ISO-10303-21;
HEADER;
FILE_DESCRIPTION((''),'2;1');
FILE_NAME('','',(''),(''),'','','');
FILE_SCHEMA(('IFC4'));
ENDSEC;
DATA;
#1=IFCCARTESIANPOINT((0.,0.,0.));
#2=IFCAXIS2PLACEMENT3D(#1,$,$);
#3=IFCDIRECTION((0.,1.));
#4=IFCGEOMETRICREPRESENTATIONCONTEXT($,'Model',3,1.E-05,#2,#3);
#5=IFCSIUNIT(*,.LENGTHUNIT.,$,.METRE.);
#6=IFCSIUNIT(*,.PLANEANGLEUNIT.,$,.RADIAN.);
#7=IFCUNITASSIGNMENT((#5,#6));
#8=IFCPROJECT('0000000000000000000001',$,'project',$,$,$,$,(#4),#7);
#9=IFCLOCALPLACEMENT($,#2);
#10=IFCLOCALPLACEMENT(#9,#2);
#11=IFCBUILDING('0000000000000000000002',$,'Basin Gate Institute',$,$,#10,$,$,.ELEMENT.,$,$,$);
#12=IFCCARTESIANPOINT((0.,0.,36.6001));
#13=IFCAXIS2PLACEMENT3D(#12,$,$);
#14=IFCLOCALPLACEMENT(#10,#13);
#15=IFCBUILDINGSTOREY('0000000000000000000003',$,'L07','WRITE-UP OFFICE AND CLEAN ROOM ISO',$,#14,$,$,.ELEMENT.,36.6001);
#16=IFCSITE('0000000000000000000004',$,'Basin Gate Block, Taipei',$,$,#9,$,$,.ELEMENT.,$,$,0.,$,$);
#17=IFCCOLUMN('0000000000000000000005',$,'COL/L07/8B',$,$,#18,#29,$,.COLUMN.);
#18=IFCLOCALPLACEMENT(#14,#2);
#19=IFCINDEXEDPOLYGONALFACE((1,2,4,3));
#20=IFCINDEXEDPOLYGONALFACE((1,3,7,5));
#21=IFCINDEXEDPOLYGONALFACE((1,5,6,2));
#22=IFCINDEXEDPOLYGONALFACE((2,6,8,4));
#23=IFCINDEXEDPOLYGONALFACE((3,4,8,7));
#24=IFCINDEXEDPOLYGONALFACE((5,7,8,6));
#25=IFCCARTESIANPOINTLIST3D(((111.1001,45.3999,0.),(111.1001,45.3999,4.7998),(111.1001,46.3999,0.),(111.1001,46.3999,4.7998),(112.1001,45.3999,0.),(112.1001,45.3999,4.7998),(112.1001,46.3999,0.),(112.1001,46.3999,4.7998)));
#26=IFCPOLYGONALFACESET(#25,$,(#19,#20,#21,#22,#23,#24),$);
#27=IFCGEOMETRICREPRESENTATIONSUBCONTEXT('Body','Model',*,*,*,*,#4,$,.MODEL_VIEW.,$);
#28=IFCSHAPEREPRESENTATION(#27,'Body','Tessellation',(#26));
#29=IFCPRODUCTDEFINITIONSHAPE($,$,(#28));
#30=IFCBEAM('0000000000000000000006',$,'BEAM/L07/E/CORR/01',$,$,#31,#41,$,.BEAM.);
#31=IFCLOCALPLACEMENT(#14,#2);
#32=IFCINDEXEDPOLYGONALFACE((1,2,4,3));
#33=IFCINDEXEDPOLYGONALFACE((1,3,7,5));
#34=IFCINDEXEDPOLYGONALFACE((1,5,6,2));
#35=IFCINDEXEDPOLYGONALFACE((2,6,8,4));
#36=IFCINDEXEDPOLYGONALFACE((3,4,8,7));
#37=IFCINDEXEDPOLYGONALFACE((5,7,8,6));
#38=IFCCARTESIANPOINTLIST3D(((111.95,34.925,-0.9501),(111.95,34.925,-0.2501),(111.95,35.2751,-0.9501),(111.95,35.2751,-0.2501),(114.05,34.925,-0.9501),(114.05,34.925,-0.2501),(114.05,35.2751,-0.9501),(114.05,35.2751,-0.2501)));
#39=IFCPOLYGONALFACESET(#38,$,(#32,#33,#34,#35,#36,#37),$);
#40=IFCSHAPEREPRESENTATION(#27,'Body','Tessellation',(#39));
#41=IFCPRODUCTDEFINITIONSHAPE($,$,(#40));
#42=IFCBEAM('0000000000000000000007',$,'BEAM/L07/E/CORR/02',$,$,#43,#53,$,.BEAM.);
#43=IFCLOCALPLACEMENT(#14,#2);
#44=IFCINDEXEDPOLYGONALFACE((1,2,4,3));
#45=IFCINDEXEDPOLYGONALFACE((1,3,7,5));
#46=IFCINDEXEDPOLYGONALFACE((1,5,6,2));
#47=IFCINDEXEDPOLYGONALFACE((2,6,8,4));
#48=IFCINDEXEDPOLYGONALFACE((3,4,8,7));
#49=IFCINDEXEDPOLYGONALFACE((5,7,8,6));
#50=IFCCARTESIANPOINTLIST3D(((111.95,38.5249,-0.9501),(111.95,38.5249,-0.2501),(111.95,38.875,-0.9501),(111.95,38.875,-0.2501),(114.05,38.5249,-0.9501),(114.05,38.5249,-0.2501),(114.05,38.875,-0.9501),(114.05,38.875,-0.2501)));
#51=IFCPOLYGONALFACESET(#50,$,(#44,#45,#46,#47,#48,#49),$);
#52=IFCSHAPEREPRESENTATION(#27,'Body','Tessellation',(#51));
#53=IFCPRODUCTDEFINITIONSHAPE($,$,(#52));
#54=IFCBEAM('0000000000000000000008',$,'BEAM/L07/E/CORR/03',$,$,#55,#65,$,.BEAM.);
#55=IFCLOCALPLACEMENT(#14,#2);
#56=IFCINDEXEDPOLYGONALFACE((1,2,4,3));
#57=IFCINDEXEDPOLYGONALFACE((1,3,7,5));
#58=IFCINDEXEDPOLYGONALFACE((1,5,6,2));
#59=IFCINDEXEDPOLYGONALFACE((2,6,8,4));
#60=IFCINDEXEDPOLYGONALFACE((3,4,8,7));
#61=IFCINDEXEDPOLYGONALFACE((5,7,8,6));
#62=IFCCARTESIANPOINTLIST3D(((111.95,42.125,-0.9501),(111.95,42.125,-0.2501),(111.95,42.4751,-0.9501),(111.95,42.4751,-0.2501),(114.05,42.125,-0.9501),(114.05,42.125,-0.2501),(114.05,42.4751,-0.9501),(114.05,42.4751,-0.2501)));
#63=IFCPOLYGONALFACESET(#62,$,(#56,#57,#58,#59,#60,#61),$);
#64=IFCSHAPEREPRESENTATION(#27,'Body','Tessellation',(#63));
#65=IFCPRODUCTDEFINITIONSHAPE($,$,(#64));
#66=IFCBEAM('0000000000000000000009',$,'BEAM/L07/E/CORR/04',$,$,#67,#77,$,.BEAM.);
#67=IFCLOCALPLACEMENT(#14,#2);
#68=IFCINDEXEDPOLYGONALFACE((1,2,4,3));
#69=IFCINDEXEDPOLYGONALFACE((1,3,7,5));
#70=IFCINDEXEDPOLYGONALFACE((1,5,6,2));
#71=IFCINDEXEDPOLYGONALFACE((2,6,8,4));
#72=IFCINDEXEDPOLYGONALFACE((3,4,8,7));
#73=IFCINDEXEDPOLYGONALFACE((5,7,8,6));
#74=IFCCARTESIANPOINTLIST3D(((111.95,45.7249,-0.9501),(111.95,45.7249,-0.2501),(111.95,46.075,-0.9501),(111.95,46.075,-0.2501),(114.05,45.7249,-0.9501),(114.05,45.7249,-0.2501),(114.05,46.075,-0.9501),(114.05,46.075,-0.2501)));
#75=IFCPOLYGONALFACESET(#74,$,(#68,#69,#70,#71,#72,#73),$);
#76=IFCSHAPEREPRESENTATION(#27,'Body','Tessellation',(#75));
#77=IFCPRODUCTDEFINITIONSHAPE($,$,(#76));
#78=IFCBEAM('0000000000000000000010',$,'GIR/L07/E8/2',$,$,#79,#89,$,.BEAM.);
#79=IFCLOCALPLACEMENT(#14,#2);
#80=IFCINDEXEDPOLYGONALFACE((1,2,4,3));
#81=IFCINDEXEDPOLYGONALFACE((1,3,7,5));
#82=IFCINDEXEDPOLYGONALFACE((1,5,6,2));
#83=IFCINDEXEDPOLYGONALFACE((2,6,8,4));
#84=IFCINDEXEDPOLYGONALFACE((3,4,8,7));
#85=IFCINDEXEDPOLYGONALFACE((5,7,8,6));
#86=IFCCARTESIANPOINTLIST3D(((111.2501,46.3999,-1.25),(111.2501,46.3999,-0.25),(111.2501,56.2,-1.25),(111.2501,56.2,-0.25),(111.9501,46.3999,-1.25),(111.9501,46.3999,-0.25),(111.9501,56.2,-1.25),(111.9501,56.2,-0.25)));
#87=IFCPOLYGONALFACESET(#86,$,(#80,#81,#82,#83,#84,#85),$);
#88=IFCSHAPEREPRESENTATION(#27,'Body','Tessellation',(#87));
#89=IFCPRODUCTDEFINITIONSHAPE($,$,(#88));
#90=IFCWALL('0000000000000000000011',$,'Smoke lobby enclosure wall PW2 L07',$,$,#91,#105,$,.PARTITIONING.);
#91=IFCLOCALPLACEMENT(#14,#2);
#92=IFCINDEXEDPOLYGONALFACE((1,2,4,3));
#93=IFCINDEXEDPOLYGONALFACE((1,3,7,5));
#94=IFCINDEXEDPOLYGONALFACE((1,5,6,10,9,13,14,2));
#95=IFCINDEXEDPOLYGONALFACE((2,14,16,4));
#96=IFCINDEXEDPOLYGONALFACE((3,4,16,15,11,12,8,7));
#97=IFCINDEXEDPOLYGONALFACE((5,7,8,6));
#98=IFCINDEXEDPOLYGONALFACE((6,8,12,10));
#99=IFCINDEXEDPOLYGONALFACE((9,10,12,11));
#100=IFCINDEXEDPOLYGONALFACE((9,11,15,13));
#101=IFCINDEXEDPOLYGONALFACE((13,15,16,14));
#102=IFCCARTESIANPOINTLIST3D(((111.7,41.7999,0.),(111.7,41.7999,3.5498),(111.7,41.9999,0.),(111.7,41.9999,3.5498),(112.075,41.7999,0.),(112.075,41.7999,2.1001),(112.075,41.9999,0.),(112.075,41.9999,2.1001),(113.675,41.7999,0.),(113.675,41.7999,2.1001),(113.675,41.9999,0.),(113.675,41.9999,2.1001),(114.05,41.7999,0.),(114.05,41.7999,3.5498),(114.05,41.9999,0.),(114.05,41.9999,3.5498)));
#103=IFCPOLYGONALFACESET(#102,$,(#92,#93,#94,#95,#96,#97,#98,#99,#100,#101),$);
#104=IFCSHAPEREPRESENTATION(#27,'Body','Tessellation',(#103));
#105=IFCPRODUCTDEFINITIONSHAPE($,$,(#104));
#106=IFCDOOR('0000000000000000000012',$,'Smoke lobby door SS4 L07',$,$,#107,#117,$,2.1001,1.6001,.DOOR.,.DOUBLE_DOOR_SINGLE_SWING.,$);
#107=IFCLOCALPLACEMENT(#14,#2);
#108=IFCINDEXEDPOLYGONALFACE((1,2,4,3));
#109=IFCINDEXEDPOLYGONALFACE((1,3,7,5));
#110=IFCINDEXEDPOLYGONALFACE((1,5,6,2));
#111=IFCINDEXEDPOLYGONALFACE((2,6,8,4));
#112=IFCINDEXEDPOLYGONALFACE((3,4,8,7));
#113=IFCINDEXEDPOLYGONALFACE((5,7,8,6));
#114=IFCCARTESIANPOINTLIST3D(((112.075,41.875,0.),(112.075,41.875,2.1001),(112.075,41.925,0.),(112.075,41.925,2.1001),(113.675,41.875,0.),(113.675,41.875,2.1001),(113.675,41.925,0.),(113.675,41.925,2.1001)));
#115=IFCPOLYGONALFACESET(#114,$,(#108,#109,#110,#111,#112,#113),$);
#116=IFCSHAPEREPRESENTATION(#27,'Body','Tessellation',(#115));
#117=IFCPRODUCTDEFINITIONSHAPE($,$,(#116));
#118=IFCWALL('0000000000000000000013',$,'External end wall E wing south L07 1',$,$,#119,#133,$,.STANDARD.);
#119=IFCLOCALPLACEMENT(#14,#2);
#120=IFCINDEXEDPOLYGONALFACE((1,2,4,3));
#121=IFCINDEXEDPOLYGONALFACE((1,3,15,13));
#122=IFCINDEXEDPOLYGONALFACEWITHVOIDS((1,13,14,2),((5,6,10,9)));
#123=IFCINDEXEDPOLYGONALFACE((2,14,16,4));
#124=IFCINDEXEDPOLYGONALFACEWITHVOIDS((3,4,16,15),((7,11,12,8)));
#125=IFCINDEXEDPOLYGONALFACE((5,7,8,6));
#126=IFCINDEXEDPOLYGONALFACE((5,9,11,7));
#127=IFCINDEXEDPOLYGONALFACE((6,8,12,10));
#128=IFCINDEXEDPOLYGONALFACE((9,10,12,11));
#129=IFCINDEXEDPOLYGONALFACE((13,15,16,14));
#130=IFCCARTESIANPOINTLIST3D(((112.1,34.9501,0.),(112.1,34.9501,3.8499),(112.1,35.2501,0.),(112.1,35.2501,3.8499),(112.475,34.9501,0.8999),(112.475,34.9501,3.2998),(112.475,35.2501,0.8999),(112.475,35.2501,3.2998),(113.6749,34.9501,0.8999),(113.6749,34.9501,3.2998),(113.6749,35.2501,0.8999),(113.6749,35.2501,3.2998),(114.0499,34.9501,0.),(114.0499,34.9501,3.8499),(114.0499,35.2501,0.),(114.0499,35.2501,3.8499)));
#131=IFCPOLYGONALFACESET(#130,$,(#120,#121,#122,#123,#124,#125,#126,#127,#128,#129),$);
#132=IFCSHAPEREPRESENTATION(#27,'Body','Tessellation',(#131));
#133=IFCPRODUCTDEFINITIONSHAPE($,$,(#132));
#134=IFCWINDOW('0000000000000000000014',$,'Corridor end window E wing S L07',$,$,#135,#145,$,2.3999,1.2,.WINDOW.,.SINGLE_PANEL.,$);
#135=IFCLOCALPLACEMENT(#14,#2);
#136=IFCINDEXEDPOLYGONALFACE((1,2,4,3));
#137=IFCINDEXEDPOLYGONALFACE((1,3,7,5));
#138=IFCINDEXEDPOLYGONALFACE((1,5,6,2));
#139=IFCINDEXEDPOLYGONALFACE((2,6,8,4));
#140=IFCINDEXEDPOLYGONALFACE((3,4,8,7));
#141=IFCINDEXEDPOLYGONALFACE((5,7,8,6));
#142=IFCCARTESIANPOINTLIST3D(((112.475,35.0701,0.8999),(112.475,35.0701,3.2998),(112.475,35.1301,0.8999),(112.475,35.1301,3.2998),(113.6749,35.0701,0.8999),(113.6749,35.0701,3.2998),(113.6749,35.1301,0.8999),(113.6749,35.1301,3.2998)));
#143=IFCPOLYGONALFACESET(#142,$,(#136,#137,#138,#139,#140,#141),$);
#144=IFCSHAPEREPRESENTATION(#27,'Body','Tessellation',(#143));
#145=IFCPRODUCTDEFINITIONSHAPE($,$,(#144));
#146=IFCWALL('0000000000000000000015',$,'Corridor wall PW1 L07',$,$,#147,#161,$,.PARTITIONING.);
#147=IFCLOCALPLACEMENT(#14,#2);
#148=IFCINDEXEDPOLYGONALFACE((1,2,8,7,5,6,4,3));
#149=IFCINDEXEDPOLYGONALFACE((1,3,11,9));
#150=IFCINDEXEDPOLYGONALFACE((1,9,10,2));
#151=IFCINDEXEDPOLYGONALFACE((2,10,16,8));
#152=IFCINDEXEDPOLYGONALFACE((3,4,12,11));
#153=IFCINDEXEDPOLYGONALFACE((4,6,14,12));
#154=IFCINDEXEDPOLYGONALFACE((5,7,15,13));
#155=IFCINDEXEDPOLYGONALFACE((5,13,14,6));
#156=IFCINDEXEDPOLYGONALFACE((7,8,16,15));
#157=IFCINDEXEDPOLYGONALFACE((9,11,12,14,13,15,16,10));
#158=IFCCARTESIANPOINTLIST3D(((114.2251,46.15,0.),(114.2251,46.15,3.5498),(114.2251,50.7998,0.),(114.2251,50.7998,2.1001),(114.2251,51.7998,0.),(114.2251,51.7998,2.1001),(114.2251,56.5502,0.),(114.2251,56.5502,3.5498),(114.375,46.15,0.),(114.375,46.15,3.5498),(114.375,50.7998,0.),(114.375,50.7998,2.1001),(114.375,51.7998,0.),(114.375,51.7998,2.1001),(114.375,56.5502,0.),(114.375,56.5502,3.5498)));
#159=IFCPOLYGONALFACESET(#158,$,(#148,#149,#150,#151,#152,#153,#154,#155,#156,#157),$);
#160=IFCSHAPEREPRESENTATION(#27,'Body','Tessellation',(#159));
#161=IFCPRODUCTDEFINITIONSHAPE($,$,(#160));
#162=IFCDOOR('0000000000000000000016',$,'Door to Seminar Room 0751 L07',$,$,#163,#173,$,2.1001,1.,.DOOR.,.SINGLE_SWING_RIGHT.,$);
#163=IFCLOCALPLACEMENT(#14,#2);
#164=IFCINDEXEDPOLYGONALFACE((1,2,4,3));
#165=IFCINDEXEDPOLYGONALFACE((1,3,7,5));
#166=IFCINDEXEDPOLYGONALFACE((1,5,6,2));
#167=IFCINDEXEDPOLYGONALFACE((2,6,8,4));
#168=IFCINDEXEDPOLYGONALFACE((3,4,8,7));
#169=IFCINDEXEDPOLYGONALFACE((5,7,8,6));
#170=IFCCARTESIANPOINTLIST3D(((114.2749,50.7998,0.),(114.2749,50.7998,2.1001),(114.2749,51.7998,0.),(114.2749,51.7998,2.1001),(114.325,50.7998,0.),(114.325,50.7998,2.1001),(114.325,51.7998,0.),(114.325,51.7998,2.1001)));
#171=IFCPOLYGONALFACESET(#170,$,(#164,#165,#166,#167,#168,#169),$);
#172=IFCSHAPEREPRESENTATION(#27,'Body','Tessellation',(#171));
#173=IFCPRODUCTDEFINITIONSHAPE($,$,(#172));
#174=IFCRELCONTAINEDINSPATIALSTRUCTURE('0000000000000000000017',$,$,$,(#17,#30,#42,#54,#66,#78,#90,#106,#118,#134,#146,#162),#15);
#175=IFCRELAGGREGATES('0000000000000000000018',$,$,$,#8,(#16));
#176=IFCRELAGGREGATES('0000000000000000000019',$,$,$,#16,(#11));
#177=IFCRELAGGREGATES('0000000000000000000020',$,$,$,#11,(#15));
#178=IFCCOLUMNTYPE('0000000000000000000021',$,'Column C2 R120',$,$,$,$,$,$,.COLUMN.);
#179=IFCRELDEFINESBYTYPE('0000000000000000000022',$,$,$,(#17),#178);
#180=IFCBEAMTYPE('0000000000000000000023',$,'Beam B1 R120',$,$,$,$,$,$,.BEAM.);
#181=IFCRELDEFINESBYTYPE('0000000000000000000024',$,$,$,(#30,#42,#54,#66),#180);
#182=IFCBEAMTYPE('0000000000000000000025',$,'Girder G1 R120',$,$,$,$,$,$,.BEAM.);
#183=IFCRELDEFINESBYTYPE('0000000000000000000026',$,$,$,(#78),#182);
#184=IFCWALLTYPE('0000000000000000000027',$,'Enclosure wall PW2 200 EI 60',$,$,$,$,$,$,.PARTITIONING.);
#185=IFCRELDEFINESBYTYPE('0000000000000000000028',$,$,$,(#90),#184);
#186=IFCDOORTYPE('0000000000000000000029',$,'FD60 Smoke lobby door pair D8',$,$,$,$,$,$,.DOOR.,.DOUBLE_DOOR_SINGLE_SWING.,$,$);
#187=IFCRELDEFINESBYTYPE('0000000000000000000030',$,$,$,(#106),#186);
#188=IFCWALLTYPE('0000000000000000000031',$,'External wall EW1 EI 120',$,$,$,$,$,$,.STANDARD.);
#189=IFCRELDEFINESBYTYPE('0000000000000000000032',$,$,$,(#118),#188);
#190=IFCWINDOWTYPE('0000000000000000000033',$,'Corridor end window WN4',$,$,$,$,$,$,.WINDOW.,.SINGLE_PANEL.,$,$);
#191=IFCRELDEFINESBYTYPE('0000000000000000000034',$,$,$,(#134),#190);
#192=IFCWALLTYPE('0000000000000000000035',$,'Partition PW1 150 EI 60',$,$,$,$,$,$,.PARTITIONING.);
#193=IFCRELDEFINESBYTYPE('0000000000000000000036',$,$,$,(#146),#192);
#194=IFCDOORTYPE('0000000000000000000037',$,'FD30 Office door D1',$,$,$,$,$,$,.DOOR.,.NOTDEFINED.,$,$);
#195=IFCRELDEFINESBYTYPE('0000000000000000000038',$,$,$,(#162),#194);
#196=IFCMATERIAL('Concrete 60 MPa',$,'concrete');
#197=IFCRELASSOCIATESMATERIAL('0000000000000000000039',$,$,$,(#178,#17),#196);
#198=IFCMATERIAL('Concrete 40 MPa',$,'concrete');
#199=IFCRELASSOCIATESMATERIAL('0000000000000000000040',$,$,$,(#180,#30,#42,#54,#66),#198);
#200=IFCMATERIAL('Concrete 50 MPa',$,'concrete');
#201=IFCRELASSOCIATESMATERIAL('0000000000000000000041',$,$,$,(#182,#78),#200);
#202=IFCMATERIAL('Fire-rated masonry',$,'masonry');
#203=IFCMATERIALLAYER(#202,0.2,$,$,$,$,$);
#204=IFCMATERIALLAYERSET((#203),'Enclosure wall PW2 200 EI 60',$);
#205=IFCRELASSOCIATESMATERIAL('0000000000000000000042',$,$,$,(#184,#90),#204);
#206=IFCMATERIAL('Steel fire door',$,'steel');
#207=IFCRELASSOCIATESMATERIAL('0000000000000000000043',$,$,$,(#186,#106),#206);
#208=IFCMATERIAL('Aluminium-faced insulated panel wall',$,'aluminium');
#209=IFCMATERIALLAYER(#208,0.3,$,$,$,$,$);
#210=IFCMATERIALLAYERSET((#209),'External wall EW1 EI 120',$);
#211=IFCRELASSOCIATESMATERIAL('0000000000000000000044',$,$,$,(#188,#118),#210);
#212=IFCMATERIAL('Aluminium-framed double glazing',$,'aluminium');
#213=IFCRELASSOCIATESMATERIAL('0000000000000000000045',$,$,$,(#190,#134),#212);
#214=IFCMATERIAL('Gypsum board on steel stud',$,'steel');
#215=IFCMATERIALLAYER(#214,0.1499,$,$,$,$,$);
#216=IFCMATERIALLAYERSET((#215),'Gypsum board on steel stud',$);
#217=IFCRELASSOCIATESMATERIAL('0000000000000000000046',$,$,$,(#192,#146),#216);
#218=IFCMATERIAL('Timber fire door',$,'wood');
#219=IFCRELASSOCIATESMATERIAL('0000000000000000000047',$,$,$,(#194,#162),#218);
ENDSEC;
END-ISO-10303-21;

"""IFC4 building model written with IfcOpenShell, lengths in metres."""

from ifc_helpers import new_model, si_unit, direction, frame, frame_2d, origin, origin_2d, place, context, subcontext, project, spatial, rectangle, extrude, material, layer, layer_set, material_profile, profile_set, type_object, element, fill, save


model = new_model("IFC4")

# Units and contexts
model_context = context("Model", 3, precision=1e-05, world=origin(), true_north=direction((0.0, 1.0)))
body_context = subcontext(model_context, "Body", "Model", "MODEL_VIEW")
ifc_project = project(units=[si_unit("LENGTHUNIT", "METRE"), si_unit("PLANEANGLEUNIT", "RADIAN")], contexts=[model_context])

# Site, building, storey
site_placement = place(None, origin())
site = spatial("IfcSite", under=ifc_project, at=site_placement, Name="Basin Gate Block, Taipei", CompositionType="ELEMENT", RefElevation=0.0)
building_placement = place(site_placement, origin())
building = spatial("IfcBuilding", under=site, at=building_placement, Name="Basin Gate Institute", CompositionType="ELEMENT")
storey_placement = place(building_placement, frame((0.0, 0.0, 36.6001)))
storey = spatial("IfcBuildingStorey", under=building, at=storey_placement, Name="L07", Description="WRITE-UP OFFICE AND CLEAN ROOM ISO", CompositionType="ELEMENT", Elevation=36.6001)

# Column
ifc_material_1 = material(Name="Concrete 60 MPa", Category="concrete")
ifc_material_profile_1 = material_profile(ifc_material_1, rectangle(XDim=1.0, YDim=1.0, at=origin_2d()), Name="Column C2 1000 x 1000")
ifc_profile_set_1 = profile_set([ifc_material_profile_1], Name="Concrete 60 MPa")
column_type = type_object("IfcColumnType", Name="Column C2 R120", PredefinedType="COLUMN", material=ifc_profile_set_1)
column_placement = place(storey_placement, frame((111.6001, 45.8999, 0.0), z_axis=(0.0, 0.0, 1.0), x_axis=(1.0, 0.0, 0.0)))
element("IfcColumn", 1, at=column_placement, inside=storey, type_object=column_type, material=ifc_profile_set_1, Name="COL/L07/8B", PredefinedType="COLUMN", context=body_context, shape_type="SweptSolid", body=[
    extrude(rectangle(XDim=1.0, YDim=1.0, at=origin_2d()), origin(), (0.0, 0.0, 1.0), 4.7998),
])

# Beams
ifc_material_2 = material(Name="Concrete 40 MPa", Category="concrete")
ifc_material_profile_2 = material_profile(ifc_material_2, rectangle(XDim=0.3501, YDim=0.7, at=origin_2d()), Name="Beam B1 350 x 700")
ifc_profile_set_2 = profile_set([ifc_material_profile_2], Name="Concrete 40 MPa")
beam_type_1 = type_object("IfcBeamType", Name="Beam B1 R120", PredefinedType="BEAM", material=ifc_profile_set_2)
for number, where, z_axis, x_axis, name in (
    (2, (114.05, 35.1001, -0.6001), (-1.0, 0.0, 0.0), (0.0, -1.0, 0.0), "BEAM/L07/E/CORR/01"),
    (3, (114.05, 38.7, -0.6001), (-1.0, 0.0, 0.0), (0.0, -1.0, 0.0), "BEAM/L07/E/CORR/02"),
    (4, (114.05, 42.3, -0.6001), (-1.0, 0.0, 0.0), (0.0, -1.0, 0.0), "BEAM/L07/E/CORR/03"),
    (5, (114.05, 45.8999, -0.6001), (-1.0, 0.0, 0.0), (0.0, -1.0, 0.0), "BEAM/L07/E/CORR/04"),
):
    element("IfcBeam", number, at=place(storey_placement, frame(where, z_axis=z_axis, x_axis=x_axis)), inside=storey, type_object=beam_type_1, material=ifc_profile_set_2, Name=name, PredefinedType="BEAM", context=body_context, shape_type="SweptSolid", body=[
        extrude(rectangle(XDim=0.3501, YDim=0.7, at=origin_2d()), origin(), (0.0, 0.0, 1.0), 2.1001),
    ])
ifc_material_3 = material(Name="Concrete 50 MPa", Category="concrete")
ifc_material_profile_3 = material_profile(ifc_material_3, rectangle(XDim=0.7, YDim=1.0, at=origin_2d()), Name="Girder G1 700 x 1000")
ifc_profile_set_3 = profile_set([ifc_material_profile_3], Name="Concrete 50 MPa")
beam_type_2 = type_object("IfcBeamType", Name="Girder G1 R120", PredefinedType="BEAM", material=ifc_profile_set_3)
beam_placement = place(storey_placement, frame((111.6001, 46.3999, -0.75), z_axis=(0.0, 1.0, 0.0), x_axis=(-1.0, 0.0, 0.0)))
element("IfcBeam", 6, at=beam_placement, inside=storey, type_object=beam_type_2, material=ifc_profile_set_3, Name="GIR/L07/E8/2", PredefinedType="BEAM", context=body_context, shape_type="SweptSolid", body=[
    extrude(rectangle(XDim=0.7, YDim=1.0, at=origin_2d()), origin(), (0.0, 0.0, 1.0), 9.8),
])

# Wall, opening, door
ifc_material_4 = material(Name="Fire-rated masonry", Category="masonry")
ifc_layer_1 = layer(ifc_material_4, 0.2)
ifc_layer_set_1 = layer_set([ifc_layer_1], Name="Enclosure wall PW2 200 EI 60")
wall_type_1 = type_object("IfcWallType", Name="Enclosure wall PW2 200 EI 60", PredefinedType="PARTITIONING", material=ifc_layer_set_1)
wall_1_placement = place(storey_placement, frame((114.05, 41.8999, 0.0), z_axis=(0.0, 0.0, 1.0), x_axis=(-1.0, 0.0, 0.0)))
wall_1 = element("IfcWall", 7, at=wall_1_placement, inside=storey, type_object=wall_type_1, material=ifc_layer_set_1, Name="Smoke lobby enclosure wall PW2 L07", PredefinedType="PARTITIONING", context=body_context, shape_type="SweptSolid", body=[
    extrude(rectangle(XDim=2.3501, YDim=0.2, at=frame_2d((1.175, 0.0))), origin(), (0.0, 0.0, 1.0), 3.5498),
])
opening_1_placement = place(wall_1_placement, frame((0.375, 0.0, 0.0)))
opening_1 = element("IfcOpeningElement", 8, at=opening_1_placement, cuts=wall_1, PredefinedType="OPENING", context=body_context, shape_type="SweptSolid", body=[
    extrude(rectangle(XDim=1.6001, YDim=2.1001, at=frame_2d((0.8, 1.05))), frame((0.0, 0.1099, 0.0), z_axis=(0.0, -1.0, 0.0), x_axis=(1.0, 0.0, 0.0)), (0.0, 0.0, 1.0), 0.22),
])
ifc_material_5 = material(Name="Steel fire door", Category="steel")
door_type_1 = type_object("IfcDoorType", Name="FD60 Smoke lobby door pair D8", OperationType="DOUBLE_DOOR_SINGLE_SWING", PredefinedType="DOOR", material=ifc_material_5)
door_1_placement = place(opening_1_placement, origin())
door_1 = element("IfcDoor", 9, at=door_1_placement, inside=storey, type_object=door_type_1, material=ifc_material_5, Name="Smoke lobby door SS4 L07", OperationType="DOUBLE_DOOR_SINGLE_SWING", OverallHeight=2.1001, OverallWidth=1.6001, PredefinedType="DOOR", context=body_context, shape_type="SweptSolid", body=[
    extrude(rectangle(XDim=1.6001, YDim=2.1001, at=frame_2d((0.8, 1.05))), frame((0.0, 0.0249, 0.0), z_axis=(0.0, -1.0, 0.0), x_axis=(1.0, 0.0, 0.0)), (0.0, 0.0, 1.0), 0.05),
])
fill(opening_1, door_1)

# Wall, opening, window
ifc_material_6 = material(Name="Aluminium-faced insulated panel wall", Category="aluminium")
ifc_layer_2 = layer(ifc_material_6, 0.3)
ifc_layer_set_2 = layer_set([ifc_layer_2], Name="External wall EW1 EI 120")
wall_type_2 = type_object("IfcWallType", Name="External wall EW1 EI 120", PredefinedType="STANDARD", material=ifc_layer_set_2)
wall_2_placement = place(storey_placement, frame((114.05, 35.1001, 0.0), z_axis=(0.0, 0.0, 1.0), x_axis=(-1.0, 0.0, 0.0)))
wall_2 = element("IfcWall", 10, at=wall_2_placement, inside=storey, type_object=wall_type_2, material=ifc_layer_set_2, Name="External end wall E wing south L07 1", PredefinedType="STANDARD", context=body_context, shape_type="SweptSolid", body=[
    extrude(rectangle(XDim=1.95, YDim=0.3, at=frame_2d((0.9751, 0.0))), origin(), (0.0, 0.0, 1.0), 3.8499),
])
opening_2_placement = place(wall_2_placement, frame((0.375, 0.0, 0.8999)))
opening_2 = element("IfcOpeningElement", 11, at=opening_2_placement, cuts=wall_2, PredefinedType="OPENING", context=body_context, shape_type="SweptSolid", body=[
    extrude(rectangle(XDim=1.2, YDim=2.3999, at=frame_2d((0.6001, 1.2))), frame((0.0, 0.1602, 0.0), z_axis=(0.0, -1.0, 0.0), x_axis=(1.0, 0.0, 0.0)), (0.0, 0.0, 1.0), 0.3201),
])
ifc_material_7 = material(Name="Aluminium-framed double glazing", Category="aluminium")
window_type = type_object("IfcWindowType", Name="Corridor end window WN4", PartitioningType="SINGLE_PANEL", PredefinedType="WINDOW", material=ifc_material_7)
window_placement = place(opening_2_placement, origin())
window = element("IfcWindow", 12, at=window_placement, inside=storey, type_object=window_type, material=ifc_material_7, Name="Corridor end window E wing S L07", OverallHeight=2.3999, OverallWidth=1.2, PartitioningType="SINGLE_PANEL", PredefinedType="WINDOW", context=body_context, shape_type="SweptSolid", body=[
    extrude(rectangle(XDim=1.2, YDim=2.3999, at=frame_2d((0.6001, 1.2))), frame((0.0, 0.03, 0.0), z_axis=(0.0, -1.0, 0.0), x_axis=(1.0, 0.0, 0.0)), (0.0, 0.0, 1.0), 0.0601),
])
fill(opening_2, window)

# Wall, opening, door
ifc_material_8 = material(Name="Gypsum board on steel stud", Category="steel")
ifc_layer_3 = layer(ifc_material_8, 0.1499)
ifc_layer_set_3 = layer_set([ifc_layer_3], Name="Gypsum board on steel stud")
wall_type_3 = type_object("IfcWallType", Name="Partition PW1 150 EI 60", PredefinedType="PARTITIONING", material=ifc_layer_set_3)
wall_3_placement = place(storey_placement, frame((114.3, 46.1499, 0.0), z_axis=(0.0, 0.0, 1.0), x_axis=(0.0, 1.0, 0.0)))
wall_3 = element("IfcWall", 13, at=wall_3_placement, inside=storey, type_object=wall_type_3, material=ifc_layer_set_3, Name="Corridor wall PW1 L07", PredefinedType="PARTITIONING", context=body_context, shape_type="SweptSolid", body=[
    extrude(rectangle(XDim=10.4001, YDim=0.1499, at=frame_2d((5.2002, 0.0))), origin(), (0.0, 0.0, 1.0), 3.5498),
])
opening_3_placement = place(wall_3_placement, frame((4.6499, 0.0, 0.0)))
opening_3 = element("IfcOpeningElement", 14, at=opening_3_placement, cuts=wall_3, PredefinedType="OPENING", context=body_context, shape_type="SweptSolid", body=[
    extrude(rectangle(XDim=1.0, YDim=2.1001, at=frame_2d((0.5, 1.05))), frame((0.0, 0.085, 0.0), z_axis=(0.0, -1.0, 0.0), x_axis=(1.0, 0.0, 0.0)), (0.0, 0.0, 1.0), 0.1699),
])
ifc_material_9 = material(Name="Timber fire door", Category="wood")
door_type_2 = type_object("IfcDoorType", Name="FD30 Office door D1", OperationType="NOTDEFINED", PredefinedType="DOOR", material=ifc_material_9)
door_2_placement = place(opening_3_placement, frame((1.0, 0.0, 0.0), z_axis=(0.0, 0.0, 1.0), x_axis=(-1.0, 0.0, 0.0)))
door_2 = element("IfcDoor", 15, at=door_2_placement, inside=storey, type_object=door_type_2, material=ifc_material_9, Name="Door to Seminar Room 0751 L07", OperationType="SINGLE_SWING_RIGHT", OverallHeight=2.1001, OverallWidth=1.0, PredefinedType="DOOR", context=body_context, shape_type="SweptSolid", body=[
    extrude(rectangle(XDim=1.0, YDim=2.1001, at=frame_2d((0.5, 1.05))), frame((0.0, 0.0249, 0.0), z_axis=(0.0, -1.0, 0.0), x_axis=(1.0, 0.0, 0.0)), (0.0, 0.0, 1.0), 0.05),
])
fill(opening_3, door_2)

save(model, "model.ifc")
